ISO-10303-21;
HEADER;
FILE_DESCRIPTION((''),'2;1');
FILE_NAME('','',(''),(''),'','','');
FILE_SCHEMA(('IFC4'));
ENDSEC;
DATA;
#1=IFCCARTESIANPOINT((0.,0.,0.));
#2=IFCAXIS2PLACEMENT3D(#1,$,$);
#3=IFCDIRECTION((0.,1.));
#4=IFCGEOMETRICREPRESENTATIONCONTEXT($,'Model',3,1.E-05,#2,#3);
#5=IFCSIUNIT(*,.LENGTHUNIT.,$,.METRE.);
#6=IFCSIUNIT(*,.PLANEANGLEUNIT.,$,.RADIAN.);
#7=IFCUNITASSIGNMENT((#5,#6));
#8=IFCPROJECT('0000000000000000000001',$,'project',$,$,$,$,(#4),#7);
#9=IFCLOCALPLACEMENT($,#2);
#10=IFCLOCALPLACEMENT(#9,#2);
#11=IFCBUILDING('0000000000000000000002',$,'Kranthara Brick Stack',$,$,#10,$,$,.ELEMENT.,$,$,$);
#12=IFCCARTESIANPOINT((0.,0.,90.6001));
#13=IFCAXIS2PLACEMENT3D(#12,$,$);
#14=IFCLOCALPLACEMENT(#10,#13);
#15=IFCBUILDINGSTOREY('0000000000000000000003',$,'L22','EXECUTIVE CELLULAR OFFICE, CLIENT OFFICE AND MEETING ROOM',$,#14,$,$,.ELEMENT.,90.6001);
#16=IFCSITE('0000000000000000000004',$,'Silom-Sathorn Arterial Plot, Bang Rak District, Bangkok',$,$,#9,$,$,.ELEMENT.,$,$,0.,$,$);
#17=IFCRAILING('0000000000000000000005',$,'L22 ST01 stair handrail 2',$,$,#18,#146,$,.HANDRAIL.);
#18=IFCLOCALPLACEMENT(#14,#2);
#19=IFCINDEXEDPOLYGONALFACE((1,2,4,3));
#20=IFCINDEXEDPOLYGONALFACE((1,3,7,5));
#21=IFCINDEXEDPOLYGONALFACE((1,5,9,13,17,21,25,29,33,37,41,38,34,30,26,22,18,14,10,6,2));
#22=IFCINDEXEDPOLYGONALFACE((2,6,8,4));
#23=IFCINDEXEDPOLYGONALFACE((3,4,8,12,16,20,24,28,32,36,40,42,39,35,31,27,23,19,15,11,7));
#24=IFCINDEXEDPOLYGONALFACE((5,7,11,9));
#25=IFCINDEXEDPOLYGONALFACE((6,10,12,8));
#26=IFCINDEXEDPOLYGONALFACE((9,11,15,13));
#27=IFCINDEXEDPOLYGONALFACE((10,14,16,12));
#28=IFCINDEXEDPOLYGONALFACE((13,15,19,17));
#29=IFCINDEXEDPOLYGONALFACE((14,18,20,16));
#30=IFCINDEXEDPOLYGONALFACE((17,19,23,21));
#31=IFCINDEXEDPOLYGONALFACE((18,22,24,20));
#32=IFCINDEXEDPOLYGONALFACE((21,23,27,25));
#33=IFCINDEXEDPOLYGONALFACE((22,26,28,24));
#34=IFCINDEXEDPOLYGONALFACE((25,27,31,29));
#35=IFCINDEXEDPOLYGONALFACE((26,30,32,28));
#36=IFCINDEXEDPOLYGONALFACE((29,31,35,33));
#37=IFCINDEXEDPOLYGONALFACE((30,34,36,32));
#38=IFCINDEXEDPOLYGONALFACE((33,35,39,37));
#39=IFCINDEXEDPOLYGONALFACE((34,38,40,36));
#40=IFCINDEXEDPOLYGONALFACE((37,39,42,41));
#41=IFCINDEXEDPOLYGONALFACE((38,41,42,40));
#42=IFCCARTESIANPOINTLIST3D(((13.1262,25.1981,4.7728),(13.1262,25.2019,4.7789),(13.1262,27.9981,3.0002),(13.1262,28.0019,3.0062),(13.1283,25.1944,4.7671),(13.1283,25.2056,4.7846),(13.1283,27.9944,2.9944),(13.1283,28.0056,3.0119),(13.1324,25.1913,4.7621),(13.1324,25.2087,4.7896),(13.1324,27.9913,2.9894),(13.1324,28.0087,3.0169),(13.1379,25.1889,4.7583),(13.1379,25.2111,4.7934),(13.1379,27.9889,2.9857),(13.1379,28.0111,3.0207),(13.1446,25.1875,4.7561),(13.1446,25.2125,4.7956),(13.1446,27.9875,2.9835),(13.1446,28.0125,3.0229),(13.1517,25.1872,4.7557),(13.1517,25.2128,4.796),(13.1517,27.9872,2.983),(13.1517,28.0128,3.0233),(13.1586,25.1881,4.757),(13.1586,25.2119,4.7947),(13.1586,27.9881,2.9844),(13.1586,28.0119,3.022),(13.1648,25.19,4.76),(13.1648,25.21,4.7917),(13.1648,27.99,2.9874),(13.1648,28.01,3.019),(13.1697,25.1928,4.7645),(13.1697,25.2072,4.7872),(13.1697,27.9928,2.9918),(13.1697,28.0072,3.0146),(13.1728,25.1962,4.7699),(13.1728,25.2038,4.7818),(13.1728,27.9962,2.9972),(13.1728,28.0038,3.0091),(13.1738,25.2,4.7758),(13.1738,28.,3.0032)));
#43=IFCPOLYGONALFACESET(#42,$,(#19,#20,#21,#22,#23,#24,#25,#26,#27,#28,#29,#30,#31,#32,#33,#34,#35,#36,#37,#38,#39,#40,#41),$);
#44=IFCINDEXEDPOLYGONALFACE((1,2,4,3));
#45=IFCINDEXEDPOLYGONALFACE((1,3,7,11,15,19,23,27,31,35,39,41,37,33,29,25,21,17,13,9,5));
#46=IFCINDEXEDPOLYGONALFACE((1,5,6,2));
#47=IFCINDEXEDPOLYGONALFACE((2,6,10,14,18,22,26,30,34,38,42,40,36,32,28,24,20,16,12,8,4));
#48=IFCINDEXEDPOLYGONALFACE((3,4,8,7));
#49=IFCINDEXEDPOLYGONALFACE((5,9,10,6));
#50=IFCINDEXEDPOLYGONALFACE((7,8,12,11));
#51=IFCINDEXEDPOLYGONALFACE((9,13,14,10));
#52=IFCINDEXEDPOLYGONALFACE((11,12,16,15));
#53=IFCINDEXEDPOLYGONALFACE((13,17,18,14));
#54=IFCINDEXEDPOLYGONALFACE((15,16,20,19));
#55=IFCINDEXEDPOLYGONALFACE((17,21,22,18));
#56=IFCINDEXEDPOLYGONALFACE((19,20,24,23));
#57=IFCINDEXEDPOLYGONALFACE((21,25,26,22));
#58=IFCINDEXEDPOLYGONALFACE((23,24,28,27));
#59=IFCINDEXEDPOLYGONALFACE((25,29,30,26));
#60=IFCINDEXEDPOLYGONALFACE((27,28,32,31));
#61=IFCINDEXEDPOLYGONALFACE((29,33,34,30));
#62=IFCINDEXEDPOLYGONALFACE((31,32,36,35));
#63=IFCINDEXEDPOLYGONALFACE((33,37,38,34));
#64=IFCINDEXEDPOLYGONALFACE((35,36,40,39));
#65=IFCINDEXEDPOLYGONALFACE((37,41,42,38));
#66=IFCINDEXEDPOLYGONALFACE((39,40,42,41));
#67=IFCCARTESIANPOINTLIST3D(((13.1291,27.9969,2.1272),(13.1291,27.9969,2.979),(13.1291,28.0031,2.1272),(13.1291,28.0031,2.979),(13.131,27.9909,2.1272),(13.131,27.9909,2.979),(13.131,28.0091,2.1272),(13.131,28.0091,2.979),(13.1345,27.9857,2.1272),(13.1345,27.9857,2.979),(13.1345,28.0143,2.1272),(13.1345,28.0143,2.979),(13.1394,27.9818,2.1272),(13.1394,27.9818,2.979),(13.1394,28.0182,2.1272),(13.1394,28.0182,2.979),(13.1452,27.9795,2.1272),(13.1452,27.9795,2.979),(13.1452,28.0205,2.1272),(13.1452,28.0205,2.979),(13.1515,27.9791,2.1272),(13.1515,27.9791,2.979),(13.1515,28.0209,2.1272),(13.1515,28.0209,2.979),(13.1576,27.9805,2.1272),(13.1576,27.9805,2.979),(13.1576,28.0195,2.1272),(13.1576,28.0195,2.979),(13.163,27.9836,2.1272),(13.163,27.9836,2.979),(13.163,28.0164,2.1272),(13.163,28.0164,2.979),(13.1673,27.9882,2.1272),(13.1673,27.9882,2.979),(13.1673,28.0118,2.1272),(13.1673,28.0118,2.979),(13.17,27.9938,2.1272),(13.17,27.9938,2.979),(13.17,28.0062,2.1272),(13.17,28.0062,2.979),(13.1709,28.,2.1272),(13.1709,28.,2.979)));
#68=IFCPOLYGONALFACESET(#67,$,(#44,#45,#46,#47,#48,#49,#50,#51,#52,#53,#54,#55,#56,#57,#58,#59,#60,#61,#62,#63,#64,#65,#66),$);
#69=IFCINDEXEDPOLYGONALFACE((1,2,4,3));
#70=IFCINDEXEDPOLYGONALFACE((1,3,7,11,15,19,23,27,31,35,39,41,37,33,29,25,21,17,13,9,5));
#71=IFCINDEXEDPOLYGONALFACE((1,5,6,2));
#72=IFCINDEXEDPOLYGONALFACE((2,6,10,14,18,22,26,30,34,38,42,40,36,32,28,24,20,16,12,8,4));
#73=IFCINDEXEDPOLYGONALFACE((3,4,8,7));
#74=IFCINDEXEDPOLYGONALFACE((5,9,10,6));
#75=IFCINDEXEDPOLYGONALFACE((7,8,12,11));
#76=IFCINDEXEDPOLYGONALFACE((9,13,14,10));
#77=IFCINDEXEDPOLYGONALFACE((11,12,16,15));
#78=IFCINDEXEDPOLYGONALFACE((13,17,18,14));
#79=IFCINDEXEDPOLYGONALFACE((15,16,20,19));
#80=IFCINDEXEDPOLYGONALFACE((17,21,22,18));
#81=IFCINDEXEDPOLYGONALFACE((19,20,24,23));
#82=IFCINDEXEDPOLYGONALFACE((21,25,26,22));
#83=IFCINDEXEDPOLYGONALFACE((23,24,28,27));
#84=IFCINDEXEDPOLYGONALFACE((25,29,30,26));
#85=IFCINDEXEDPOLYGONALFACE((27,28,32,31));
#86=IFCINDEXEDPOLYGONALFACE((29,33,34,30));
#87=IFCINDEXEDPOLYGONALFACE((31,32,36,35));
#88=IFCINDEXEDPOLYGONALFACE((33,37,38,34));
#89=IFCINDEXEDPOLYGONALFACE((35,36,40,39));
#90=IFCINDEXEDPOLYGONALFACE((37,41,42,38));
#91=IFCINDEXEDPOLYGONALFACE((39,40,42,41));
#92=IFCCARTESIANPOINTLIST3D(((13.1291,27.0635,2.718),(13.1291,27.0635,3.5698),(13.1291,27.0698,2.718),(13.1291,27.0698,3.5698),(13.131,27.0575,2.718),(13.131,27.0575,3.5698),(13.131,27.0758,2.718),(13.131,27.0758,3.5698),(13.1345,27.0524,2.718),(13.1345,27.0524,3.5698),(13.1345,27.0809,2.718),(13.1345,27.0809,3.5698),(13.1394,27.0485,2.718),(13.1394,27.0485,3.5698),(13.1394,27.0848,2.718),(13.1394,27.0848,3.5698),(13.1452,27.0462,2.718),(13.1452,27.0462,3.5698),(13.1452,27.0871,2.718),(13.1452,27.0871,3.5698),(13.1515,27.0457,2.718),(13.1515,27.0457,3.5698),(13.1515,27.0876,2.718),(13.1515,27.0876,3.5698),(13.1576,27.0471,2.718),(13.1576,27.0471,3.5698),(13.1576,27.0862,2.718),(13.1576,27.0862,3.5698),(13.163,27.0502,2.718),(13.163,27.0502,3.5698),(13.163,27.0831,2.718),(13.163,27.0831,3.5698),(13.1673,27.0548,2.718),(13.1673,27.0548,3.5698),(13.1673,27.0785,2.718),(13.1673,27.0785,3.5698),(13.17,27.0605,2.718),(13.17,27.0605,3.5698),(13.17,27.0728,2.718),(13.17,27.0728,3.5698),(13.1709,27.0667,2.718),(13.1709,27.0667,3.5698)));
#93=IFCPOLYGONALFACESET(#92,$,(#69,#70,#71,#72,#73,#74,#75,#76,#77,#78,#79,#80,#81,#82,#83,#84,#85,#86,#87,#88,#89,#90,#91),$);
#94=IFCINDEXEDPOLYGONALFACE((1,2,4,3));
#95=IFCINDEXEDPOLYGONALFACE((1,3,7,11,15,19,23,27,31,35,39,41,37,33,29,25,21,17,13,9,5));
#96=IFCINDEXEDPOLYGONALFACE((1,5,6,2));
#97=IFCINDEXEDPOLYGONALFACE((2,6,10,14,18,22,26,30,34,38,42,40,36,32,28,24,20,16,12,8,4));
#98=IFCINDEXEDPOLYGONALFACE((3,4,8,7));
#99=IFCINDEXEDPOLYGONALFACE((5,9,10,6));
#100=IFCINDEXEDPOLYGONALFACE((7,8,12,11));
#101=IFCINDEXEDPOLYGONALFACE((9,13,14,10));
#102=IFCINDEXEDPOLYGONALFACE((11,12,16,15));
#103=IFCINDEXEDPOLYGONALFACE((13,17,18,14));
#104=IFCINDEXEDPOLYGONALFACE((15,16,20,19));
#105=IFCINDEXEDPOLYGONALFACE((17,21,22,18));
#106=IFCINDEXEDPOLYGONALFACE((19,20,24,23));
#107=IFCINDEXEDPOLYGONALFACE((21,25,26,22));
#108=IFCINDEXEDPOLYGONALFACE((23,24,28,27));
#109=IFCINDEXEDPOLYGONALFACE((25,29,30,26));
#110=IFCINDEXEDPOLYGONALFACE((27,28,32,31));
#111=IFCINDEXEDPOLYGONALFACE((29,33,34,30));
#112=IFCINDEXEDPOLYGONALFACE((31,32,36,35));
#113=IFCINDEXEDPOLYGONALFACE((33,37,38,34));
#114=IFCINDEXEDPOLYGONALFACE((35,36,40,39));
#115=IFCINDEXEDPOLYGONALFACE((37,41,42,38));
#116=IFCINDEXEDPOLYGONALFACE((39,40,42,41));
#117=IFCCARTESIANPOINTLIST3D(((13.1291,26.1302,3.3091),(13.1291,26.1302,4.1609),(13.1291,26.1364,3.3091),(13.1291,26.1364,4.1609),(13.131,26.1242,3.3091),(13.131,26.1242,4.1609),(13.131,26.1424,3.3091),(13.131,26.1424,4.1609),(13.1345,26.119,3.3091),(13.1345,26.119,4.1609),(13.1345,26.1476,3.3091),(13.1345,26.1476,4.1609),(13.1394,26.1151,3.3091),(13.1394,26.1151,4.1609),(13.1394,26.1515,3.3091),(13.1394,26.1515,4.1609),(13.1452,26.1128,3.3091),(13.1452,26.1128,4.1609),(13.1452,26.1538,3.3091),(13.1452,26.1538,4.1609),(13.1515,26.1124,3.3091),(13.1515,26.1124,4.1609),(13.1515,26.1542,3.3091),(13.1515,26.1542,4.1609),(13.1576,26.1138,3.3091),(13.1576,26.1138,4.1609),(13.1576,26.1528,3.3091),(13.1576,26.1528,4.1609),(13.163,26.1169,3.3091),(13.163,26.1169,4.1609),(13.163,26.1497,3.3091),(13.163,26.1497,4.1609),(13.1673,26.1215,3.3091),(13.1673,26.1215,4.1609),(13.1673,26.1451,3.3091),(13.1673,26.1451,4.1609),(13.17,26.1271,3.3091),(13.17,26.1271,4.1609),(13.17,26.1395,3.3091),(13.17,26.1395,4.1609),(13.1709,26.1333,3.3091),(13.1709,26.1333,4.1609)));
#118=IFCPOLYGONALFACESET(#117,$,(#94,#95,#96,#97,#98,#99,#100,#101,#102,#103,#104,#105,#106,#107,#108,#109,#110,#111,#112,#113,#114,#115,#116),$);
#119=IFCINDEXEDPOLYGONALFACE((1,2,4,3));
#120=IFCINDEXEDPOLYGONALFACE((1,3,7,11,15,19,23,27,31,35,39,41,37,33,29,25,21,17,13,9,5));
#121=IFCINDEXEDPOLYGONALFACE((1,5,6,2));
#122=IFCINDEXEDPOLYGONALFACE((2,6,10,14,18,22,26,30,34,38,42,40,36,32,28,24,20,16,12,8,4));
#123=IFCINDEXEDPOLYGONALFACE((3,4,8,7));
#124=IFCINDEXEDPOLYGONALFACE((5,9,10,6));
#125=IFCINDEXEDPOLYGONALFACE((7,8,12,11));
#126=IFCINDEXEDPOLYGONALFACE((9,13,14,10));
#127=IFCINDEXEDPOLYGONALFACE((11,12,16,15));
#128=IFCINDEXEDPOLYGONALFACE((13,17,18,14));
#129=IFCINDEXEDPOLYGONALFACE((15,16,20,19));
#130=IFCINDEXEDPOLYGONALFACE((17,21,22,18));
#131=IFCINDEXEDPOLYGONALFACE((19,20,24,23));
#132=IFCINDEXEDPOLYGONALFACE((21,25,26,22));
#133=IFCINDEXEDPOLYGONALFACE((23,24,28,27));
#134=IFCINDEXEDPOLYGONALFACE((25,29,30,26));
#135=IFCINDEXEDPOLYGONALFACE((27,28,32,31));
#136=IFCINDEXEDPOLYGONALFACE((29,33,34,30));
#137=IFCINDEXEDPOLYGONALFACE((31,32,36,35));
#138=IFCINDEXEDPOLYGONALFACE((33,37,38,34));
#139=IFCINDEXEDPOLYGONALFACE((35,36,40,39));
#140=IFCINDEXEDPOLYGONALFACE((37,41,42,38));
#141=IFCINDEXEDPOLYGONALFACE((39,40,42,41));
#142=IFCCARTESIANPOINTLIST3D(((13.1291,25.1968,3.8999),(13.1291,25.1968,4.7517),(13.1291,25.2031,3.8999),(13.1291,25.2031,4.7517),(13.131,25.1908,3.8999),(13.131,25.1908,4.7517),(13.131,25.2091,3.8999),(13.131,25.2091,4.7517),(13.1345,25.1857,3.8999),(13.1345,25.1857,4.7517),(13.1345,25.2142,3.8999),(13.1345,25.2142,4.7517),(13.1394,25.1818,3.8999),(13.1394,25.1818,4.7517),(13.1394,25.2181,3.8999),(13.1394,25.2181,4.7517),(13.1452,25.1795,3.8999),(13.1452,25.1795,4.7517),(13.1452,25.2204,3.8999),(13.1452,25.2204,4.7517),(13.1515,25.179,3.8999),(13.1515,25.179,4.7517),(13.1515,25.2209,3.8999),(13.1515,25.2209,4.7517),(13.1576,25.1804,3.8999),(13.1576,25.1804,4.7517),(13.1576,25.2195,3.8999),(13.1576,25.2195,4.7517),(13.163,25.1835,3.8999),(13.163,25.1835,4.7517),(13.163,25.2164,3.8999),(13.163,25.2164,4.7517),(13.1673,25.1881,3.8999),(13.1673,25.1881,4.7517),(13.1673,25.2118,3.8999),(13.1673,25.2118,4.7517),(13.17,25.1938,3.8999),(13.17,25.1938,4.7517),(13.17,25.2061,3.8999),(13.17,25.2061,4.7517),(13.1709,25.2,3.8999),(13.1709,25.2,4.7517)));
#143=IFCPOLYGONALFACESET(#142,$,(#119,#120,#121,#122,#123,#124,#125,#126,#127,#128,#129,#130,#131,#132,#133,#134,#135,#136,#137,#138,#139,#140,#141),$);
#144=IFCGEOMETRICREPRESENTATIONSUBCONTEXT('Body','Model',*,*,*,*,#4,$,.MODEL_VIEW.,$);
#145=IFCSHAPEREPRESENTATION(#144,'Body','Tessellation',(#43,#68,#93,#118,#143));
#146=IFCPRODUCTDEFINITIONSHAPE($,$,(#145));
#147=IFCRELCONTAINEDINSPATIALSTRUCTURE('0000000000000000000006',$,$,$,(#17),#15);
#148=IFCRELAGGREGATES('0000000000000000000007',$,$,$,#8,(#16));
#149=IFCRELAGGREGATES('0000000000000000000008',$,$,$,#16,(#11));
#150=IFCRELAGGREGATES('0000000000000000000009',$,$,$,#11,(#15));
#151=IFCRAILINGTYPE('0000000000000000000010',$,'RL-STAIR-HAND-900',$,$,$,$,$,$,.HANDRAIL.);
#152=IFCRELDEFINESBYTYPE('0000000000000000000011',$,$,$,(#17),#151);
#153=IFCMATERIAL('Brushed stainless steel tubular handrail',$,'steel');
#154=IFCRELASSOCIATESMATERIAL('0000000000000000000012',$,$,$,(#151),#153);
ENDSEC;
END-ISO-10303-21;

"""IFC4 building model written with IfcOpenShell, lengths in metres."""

from ifc_helpers import new_model, si_unit, direction, frame, origin, origin_2d, place, context, subcontext, project, spatial, circle, extrude, material, type_object, element, save


model = new_model("IFC4")

# Units and contexts
model_context = context("Model", 3, precision=1e-05, world=origin(), true_north=direction((0.0, 1.0)))
body_context = subcontext(model_context, "Body", "Model", "MODEL_VIEW")
ifc_project = project(units=[si_unit("LENGTHUNIT", "METRE"), si_unit("PLANEANGLEUNIT", "RADIAN")], contexts=[model_context])

# Site, building, storey
site_placement = place(None, origin())
site = spatial("IfcSite", under=ifc_project, at=site_placement, Name="Silom-Sathorn Arterial Plot, Bang Rak District, Bangkok", CompositionType="ELEMENT", RefElevation=0.0)
building_placement = place(site_placement, origin())
building = spatial("IfcBuilding", under=site, at=building_placement, Name="Kranthara Brick Stack", CompositionType="ELEMENT")
storey_placement = place(building_placement, frame((0.0, 0.0, 90.6001)))
storey = spatial("IfcBuildingStorey", under=building, at=storey_placement, Name="L22", Description="EXECUTIVE CELLULAR OFFICE, CLIENT OFFICE AND MEETING ROOM", CompositionType="ELEMENT", Elevation=90.6001)

# Railing
ifc_material_1 = material(Name="Brushed stainless steel tubular handrail", Category="steel")
railing_type_1 = type_object("IfcRailingType", Name="RL-STAIR-HAND-900", PredefinedType="HANDRAIL", material=ifc_material_1)
railing_1_placement = place(storey_placement, frame((13.1499, 28.0, 2.1272)))
element("IfcRailing", 1, at=railing_1_placement, inside=storey, type_object=railing_type_1, Name="L22 ST01 stair handrail 2", PredefinedType="HANDRAIL", context=body_context, shape_type="SweptSolid", body=[
    extrude(circle(Radius=0.0239, at=origin_2d()), frame((0.0, 0.0, 0.876), z_axis=(0.0, -0.844909, 0.53491), x_axis=(1.0, 0.0, 0.0)), (0.0, 0.0, 1.0), 3.314),
    extrude(circle(Radius=0.021, at=origin_2d()), origin(), (0.0, 0.0, 1.0), 0.8518),
    extrude(circle(Radius=0.021, at=origin_2d()), frame((0.0, -0.9333, 0.5908)), (0.0, 0.0, 1.0), 0.8518),
    extrude(circle(Radius=0.021, at=origin_2d()), frame((0.0, -1.8667, 1.1819)), (0.0, 0.0, 1.0), 0.8518),
    extrude(circle(Radius=0.021, at=origin_2d()), frame((0.0, -2.8, 1.7727)), (0.0, 0.0, 1.0), 0.8518),
])

save(model, "model.ifc")
